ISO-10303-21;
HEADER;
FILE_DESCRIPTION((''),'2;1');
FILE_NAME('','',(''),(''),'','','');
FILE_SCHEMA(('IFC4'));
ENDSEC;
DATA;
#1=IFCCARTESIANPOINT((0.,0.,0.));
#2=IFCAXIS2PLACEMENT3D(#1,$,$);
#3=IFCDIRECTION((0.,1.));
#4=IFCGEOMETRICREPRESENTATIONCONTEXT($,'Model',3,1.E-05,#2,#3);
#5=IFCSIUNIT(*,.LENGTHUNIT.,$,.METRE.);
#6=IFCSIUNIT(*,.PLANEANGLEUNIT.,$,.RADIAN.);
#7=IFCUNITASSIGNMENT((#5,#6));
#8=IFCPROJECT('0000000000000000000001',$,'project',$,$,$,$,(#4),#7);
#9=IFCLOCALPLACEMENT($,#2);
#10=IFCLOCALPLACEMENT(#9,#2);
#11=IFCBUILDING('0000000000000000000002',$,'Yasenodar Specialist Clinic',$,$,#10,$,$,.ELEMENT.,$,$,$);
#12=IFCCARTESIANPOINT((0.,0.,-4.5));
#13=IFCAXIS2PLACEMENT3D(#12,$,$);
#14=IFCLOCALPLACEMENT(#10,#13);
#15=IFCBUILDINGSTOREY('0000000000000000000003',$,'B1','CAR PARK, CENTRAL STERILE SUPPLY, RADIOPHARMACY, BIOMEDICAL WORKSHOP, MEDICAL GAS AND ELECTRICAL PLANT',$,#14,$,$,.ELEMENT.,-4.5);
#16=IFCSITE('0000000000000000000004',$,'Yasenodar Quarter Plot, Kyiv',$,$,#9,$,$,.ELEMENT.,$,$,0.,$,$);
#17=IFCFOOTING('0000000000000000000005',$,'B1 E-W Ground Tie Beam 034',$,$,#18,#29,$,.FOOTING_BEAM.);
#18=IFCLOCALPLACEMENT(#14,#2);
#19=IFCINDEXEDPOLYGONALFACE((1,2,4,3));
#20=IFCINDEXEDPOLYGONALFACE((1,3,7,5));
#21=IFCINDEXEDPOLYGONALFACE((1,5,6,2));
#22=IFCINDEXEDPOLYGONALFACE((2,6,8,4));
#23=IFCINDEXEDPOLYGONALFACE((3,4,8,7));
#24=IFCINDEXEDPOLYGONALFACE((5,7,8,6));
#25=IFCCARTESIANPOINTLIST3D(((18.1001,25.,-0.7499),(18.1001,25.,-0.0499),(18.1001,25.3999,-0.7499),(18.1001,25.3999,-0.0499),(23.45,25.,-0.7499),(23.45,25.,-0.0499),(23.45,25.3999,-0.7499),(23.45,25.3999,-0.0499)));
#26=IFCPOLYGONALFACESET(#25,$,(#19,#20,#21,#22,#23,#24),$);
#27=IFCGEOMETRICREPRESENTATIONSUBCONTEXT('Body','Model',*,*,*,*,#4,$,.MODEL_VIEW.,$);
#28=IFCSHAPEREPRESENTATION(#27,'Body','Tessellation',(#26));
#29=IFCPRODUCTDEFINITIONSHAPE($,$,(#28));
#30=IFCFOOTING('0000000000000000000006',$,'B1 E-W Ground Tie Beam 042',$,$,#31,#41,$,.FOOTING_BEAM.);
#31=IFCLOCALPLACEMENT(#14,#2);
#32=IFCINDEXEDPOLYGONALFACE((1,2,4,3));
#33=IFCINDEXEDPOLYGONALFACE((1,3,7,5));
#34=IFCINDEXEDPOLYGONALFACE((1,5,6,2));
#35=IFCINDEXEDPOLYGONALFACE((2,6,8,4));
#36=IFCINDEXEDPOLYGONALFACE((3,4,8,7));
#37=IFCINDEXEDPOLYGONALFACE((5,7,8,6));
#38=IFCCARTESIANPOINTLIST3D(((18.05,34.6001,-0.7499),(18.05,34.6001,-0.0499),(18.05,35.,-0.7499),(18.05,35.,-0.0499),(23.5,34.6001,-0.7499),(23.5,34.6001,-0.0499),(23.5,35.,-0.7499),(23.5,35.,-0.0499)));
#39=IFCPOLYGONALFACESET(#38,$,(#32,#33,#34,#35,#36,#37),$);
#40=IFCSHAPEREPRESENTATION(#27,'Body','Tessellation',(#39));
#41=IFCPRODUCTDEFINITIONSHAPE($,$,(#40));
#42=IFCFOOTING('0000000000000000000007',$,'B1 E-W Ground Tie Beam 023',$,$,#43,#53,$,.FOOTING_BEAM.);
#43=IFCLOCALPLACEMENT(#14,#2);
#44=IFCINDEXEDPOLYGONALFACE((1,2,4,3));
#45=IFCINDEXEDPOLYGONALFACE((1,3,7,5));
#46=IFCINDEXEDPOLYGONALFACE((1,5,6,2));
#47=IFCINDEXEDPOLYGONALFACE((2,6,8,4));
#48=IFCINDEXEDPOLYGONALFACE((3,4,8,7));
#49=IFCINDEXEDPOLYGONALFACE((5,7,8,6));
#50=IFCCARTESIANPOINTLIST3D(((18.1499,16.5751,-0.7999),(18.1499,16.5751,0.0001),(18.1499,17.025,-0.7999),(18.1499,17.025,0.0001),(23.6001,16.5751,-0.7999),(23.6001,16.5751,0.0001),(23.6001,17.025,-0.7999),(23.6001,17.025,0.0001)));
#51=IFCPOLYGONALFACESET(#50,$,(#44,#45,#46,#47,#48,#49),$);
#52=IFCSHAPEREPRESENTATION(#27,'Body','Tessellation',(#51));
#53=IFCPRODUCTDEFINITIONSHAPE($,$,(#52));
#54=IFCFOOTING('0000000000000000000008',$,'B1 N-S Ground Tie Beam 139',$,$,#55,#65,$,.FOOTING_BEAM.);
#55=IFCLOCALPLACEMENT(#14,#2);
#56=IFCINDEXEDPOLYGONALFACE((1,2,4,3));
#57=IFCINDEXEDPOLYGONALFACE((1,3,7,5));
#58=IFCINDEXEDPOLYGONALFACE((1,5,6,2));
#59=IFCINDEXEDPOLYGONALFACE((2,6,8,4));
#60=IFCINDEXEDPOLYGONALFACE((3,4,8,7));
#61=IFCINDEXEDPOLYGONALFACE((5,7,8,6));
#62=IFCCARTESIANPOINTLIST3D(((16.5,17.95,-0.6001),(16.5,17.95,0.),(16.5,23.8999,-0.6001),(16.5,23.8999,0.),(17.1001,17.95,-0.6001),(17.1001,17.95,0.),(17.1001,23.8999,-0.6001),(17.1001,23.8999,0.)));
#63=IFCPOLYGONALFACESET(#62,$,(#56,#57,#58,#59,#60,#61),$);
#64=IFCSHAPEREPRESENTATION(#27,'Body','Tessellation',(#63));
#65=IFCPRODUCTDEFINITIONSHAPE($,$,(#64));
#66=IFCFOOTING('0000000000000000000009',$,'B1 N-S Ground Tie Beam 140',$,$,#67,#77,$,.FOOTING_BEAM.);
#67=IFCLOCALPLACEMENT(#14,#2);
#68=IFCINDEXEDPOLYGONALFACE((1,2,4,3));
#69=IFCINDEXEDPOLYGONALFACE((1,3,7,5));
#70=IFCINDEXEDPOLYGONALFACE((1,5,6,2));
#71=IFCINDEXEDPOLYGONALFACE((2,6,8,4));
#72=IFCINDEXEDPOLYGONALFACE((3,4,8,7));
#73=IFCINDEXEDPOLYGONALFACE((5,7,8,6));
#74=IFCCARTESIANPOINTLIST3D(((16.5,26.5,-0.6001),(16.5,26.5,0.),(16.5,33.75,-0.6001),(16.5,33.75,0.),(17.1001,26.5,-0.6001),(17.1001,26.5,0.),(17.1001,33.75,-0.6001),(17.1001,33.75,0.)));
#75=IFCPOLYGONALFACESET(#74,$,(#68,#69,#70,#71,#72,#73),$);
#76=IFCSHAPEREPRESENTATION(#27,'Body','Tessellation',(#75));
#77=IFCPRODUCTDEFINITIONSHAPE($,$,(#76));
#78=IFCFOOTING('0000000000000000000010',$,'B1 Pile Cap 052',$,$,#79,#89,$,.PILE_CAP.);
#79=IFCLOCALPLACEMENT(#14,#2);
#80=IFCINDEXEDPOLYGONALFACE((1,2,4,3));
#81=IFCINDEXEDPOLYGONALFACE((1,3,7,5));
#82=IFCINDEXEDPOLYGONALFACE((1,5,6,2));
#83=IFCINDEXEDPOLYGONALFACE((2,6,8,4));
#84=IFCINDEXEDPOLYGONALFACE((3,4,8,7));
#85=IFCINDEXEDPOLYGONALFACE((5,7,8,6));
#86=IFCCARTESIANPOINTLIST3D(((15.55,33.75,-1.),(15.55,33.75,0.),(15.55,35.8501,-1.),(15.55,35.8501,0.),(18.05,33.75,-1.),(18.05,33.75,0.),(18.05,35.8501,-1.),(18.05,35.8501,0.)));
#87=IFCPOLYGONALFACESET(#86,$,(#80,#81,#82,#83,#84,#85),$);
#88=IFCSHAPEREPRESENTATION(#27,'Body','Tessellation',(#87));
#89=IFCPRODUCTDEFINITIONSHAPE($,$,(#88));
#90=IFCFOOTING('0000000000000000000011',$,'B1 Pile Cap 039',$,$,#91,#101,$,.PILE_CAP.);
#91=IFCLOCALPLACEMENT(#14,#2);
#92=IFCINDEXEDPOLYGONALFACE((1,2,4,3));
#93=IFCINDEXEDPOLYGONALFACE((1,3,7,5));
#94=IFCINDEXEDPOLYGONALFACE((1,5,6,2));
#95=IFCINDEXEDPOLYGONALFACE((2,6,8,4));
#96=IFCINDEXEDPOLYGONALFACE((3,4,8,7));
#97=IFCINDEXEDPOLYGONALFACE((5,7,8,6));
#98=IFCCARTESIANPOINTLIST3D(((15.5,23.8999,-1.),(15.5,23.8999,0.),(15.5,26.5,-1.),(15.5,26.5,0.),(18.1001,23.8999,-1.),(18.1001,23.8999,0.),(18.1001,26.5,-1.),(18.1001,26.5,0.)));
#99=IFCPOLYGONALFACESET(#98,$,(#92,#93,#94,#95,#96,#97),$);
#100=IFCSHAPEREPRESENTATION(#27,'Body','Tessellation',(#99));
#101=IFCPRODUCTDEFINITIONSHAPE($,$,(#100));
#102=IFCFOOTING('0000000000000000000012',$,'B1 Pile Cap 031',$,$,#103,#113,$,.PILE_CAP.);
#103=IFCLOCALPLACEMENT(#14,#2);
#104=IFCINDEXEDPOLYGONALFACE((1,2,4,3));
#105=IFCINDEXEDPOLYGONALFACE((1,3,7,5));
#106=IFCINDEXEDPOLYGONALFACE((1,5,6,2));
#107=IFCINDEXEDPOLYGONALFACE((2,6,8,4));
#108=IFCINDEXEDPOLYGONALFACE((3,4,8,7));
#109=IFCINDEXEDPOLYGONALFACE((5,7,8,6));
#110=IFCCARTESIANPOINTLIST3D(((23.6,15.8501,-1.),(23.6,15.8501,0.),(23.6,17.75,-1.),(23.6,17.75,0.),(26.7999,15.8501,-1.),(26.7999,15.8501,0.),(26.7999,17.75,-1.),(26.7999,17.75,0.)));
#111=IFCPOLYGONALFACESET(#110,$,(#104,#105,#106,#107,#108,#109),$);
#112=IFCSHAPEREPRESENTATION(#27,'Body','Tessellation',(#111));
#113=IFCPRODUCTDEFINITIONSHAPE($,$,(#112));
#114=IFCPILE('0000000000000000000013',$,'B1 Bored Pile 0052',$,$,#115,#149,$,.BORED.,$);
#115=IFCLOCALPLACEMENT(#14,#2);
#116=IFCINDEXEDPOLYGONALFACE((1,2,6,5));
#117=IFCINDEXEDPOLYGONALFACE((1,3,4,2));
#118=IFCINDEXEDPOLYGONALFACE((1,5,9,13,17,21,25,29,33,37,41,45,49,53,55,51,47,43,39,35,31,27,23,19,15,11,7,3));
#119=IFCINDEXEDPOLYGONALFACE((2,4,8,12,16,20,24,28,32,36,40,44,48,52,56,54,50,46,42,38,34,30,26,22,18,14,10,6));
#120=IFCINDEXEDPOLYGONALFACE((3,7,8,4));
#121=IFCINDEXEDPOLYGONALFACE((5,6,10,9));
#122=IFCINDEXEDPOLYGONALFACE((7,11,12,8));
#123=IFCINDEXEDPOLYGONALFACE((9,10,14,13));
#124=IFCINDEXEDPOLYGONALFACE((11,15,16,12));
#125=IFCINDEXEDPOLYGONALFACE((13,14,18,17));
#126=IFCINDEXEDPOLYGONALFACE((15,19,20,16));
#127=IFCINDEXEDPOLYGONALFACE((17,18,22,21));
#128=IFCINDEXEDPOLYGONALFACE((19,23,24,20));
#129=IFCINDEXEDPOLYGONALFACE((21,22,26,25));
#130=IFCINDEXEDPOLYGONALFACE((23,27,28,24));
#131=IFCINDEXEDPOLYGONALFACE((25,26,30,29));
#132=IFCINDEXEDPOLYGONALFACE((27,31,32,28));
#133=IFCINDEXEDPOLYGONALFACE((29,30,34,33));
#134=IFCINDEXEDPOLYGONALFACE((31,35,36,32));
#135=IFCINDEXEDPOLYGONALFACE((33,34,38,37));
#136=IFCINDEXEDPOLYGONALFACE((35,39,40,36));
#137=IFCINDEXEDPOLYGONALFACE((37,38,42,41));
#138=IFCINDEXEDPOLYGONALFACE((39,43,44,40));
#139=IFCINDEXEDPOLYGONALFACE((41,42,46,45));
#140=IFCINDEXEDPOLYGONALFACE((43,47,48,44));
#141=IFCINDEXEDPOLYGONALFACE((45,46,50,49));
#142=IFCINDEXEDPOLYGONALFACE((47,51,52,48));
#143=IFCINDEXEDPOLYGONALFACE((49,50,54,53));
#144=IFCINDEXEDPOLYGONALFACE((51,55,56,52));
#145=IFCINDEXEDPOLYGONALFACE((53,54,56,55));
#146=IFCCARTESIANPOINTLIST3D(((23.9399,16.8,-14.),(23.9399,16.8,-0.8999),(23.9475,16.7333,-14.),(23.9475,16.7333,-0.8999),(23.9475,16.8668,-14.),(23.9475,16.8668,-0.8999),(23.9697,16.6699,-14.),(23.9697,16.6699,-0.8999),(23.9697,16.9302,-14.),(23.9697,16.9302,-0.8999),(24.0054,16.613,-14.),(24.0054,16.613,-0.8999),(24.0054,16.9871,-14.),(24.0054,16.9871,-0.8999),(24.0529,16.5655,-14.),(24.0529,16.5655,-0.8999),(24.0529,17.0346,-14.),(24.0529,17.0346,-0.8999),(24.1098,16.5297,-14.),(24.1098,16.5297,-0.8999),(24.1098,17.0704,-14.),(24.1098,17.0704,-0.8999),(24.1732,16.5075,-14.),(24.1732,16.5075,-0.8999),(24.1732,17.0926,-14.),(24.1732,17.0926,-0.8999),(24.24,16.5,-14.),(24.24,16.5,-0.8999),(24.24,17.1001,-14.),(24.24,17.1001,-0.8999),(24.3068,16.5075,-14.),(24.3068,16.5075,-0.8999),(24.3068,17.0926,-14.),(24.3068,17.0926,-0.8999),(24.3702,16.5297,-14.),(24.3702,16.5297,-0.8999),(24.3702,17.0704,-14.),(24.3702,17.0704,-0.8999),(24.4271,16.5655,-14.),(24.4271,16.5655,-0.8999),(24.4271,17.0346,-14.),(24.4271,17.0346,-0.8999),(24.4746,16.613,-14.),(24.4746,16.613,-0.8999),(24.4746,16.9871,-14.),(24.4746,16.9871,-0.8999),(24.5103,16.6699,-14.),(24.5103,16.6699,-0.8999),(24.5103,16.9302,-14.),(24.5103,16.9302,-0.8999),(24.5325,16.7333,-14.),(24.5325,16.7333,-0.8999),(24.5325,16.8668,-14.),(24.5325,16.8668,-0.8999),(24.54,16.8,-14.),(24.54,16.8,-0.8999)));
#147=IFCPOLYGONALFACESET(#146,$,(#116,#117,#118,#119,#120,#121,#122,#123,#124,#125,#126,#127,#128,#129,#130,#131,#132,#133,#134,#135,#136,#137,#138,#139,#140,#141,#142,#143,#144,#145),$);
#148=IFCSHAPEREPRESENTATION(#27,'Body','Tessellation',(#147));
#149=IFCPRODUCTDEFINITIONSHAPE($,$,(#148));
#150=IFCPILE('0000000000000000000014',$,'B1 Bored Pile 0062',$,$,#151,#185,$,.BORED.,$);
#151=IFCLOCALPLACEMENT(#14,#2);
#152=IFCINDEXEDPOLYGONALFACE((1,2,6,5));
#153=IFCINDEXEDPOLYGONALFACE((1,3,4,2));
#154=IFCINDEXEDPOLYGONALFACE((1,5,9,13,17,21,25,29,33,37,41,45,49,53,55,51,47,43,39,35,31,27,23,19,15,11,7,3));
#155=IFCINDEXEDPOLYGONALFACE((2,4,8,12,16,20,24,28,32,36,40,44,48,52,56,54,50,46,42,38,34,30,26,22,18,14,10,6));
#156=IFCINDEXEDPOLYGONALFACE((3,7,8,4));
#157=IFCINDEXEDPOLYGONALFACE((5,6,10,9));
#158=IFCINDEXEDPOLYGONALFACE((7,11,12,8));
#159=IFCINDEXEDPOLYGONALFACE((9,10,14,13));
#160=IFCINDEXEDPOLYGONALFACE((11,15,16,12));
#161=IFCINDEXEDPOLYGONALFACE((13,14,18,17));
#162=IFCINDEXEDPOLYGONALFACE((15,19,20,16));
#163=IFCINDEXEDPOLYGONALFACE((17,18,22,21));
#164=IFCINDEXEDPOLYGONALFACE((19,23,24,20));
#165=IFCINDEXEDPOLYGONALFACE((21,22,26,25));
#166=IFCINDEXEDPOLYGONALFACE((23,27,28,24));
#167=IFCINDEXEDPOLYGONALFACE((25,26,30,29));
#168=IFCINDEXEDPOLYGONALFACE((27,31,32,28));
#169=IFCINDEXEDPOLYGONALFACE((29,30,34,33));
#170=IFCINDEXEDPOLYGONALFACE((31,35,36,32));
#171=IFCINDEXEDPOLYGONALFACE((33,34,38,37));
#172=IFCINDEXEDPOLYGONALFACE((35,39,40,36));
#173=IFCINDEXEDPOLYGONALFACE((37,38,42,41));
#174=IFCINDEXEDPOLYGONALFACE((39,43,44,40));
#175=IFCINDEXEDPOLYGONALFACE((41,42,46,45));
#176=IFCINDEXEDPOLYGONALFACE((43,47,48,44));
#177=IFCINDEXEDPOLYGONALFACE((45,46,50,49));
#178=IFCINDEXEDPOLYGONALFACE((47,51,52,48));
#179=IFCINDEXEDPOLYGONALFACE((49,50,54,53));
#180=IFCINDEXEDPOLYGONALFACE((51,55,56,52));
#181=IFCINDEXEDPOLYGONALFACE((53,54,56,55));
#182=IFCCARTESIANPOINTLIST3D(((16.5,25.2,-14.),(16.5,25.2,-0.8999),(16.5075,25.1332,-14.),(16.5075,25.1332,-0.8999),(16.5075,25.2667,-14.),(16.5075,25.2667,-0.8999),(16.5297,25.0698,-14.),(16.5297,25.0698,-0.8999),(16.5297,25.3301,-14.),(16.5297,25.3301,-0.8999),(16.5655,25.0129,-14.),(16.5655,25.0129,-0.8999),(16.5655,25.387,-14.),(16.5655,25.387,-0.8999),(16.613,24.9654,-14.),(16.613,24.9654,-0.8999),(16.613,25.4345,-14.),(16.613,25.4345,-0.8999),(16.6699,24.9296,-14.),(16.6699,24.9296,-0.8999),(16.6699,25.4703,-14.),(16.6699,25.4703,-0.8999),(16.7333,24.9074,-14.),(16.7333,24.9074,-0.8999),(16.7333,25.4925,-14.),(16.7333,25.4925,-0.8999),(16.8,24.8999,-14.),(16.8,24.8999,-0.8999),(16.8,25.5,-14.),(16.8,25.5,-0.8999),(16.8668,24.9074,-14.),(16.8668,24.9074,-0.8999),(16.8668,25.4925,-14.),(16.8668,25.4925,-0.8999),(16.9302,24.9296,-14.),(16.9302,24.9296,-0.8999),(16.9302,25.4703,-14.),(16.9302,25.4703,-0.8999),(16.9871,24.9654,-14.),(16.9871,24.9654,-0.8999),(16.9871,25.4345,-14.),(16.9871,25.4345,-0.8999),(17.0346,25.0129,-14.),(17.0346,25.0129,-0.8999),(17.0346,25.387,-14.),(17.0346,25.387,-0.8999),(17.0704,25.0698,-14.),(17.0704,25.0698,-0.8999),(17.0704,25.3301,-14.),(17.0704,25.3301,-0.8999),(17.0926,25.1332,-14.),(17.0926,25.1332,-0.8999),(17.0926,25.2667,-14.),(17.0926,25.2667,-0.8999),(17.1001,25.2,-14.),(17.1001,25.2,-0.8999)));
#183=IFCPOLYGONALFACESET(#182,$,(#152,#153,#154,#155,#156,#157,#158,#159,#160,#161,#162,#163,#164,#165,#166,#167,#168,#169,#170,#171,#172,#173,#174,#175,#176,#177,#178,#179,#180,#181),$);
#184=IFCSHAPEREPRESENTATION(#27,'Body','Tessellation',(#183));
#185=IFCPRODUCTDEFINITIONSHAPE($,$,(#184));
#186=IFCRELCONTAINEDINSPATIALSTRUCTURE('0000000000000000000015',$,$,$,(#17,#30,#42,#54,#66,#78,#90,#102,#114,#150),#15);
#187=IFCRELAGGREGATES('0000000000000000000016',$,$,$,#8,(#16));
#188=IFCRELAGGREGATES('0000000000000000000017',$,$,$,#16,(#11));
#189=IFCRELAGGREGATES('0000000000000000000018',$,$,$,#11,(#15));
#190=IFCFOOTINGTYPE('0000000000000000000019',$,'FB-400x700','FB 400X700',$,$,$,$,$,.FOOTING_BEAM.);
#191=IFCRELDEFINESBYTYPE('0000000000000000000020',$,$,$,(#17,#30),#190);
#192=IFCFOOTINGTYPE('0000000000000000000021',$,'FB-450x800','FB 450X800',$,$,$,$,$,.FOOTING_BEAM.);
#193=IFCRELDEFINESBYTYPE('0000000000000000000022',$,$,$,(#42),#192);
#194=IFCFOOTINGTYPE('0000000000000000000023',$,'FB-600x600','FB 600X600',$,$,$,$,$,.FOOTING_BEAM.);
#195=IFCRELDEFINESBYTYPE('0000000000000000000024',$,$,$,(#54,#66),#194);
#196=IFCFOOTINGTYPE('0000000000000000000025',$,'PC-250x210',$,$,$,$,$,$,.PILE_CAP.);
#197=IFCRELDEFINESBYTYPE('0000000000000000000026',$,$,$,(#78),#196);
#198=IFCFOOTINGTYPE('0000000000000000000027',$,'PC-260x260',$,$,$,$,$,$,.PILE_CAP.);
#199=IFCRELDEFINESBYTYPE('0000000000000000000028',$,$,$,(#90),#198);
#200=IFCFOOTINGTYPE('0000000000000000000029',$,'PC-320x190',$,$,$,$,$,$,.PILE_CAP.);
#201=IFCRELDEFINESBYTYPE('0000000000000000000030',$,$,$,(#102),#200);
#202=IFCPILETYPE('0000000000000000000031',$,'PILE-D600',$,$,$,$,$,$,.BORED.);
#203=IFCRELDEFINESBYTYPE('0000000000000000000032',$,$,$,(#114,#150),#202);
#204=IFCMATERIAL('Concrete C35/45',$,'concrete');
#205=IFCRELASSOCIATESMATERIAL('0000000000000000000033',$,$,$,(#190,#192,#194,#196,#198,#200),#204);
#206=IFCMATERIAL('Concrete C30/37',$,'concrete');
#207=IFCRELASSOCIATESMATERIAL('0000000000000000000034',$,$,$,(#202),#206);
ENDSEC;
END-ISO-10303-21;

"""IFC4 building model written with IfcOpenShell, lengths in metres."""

from ifc_helpers import new_model, si_unit, direction, frame, origin, origin_2d, place, context, subcontext, project, spatial, rectangle, circle, extrude, material, material_profile, profile_set, type_object, element, save


model = new_model("IFC4")

# Units and contexts
model_context = context("Model", 3, precision=1e-05, world=origin(), true_north=direction((0.0, 1.0)))
body_context = subcontext(model_context, "Body", "Model", "MODEL_VIEW")
ifc_project = project(units=[si_unit("LENGTHUNIT", "METRE"), si_unit("PLANEANGLEUNIT", "RADIAN")], contexts=[model_context])

# Site, building, storey
site_placement = place(None, origin())
site = spatial("IfcSite", under=ifc_project, at=site_placement, Name="Yasenodar Quarter Plot, Kyiv", CompositionType="ELEMENT", RefElevation=0.0)
building_placement = place(site_placement, origin())
building = spatial("IfcBuilding", under=site, at=building_placement, Name="Yasenodar Specialist Clinic", CompositionType="ELEMENT")
storey_placement = place(building_placement, frame((0.0, 0.0, -4.5)))
storey = spatial("IfcBuildingStorey", under=building, at=storey_placement, Name="B1", Description="CAR PARK, CENTRAL STERILE SUPPLY, RADIOPHARMACY, BIOMEDICAL WORKSHOP, MEDICAL GAS AND ELECTRICAL PLANT", CompositionType="ELEMENT", Elevation=-4.5)

# Footings
ifc_material_1 = material(Name="Concrete C35/45", Category="concrete")
ifc_material_profile_1 = material_profile(ifc_material_1, rectangle(XDim=0.3999, YDim=0.7, at=origin_2d()), Name="RC 400x700")
ifc_profile_set_1 = profile_set([ifc_material_profile_1], Name="Concrete C35/45")
footing_type_1 = type_object("IfcFootingType", Name="FB-400x700", Description="FB 400X700", PredefinedType="FOOTING_BEAM", material=ifc_profile_set_1)
footing_1_placement = place(storey_placement, frame((18.1001, 25.2, -0.3999), z_axis=(1.0, 0.0, 0.0), x_axis=(0.0, 1.0, 0.0)))
element("IfcFooting", 1, at=footing_1_placement, inside=storey, type_object=footing_type_1, Name="B1 E-W Ground Tie Beam 034", PredefinedType="FOOTING_BEAM", context=body_context, shape_type="SweptSolid", body=[
    extrude(rectangle(XDim=0.3999, YDim=0.7, at=origin_2d()), origin(), (0.0, 0.0, 1.0), 5.3499),
])
footing_2_placement = place(storey_placement, frame((18.05, 34.8, -0.3999), z_axis=(1.0, 0.0, 0.0), x_axis=(0.0, 1.0, 0.0)))
element("IfcFooting", 2, at=footing_2_placement, inside=storey, type_object=footing_type_1, Name="B1 E-W Ground Tie Beam 042", PredefinedType="FOOTING_BEAM", context=body_context, shape_type="SweptSolid", body=[
    extrude(rectangle(XDim=0.3999, YDim=0.7, at=origin_2d()), origin(), (0.0, 0.0, 1.0), 5.45),
])
ifc_material_profile_2 = material_profile(ifc_material_1, rectangle(XDim=0.45, YDim=0.8, at=origin_2d()), Name="RC 450x800")
ifc_profile_set_2 = profile_set([ifc_material_profile_2], Name="Concrete C35/45")
footing_type_2 = type_object("IfcFootingType", Name="FB-450x800", Description="FB 450X800", PredefinedType="FOOTING_BEAM", material=ifc_profile_set_2)
footing_3_placement = place(storey_placement, frame((18.1499, 16.8, -0.3999), z_axis=(1.0, 0.0, 0.0), x_axis=(0.0, 1.0, 0.0)))
element("IfcFooting", 3, at=footing_3_placement, inside=storey, type_object=footing_type_2, Name="B1 E-W Ground Tie Beam 023", PredefinedType="FOOTING_BEAM", context=body_context, shape_type="SweptSolid", body=[
    extrude(rectangle(XDim=0.45, YDim=0.8, at=origin_2d()), origin(), (0.0, 0.0, 1.0), 5.4502),
])
ifc_material_profile_3 = material_profile(ifc_material_1, rectangle(XDim=0.6001, YDim=0.6001, at=origin_2d()), Name="RC 600x600")
ifc_profile_set_3 = profile_set([ifc_material_profile_3], Name="Concrete C35/45")
footing_type_3 = type_object("IfcFootingType", Name="FB-600x600", Description="FB 600X600", PredefinedType="FOOTING_BEAM", material=ifc_profile_set_3)
footing_4_placement = place(storey_placement, frame((16.8, 17.95, -0.3), z_axis=(0.0, 1.0, 0.0), x_axis=(-1.0, 0.0, 0.0)))
element("IfcFooting", 4, at=footing_4_placement, inside=storey, type_object=footing_type_3, Name="B1 N-S Ground Tie Beam 139", PredefinedType="FOOTING_BEAM", context=body_context, shape_type="SweptSolid", body=[
    extrude(rectangle(XDim=0.6001, YDim=0.6001, at=origin_2d()), origin(), (0.0, 0.0, 1.0), 5.95),
])
footing_5_placement = place(storey_placement, frame((16.8, 26.5, -0.3), z_axis=(0.0, 1.0, 0.0), x_axis=(-1.0, 0.0, 0.0)))
element("IfcFooting", 5, at=footing_5_placement, inside=storey, type_object=footing_type_3, Name="B1 N-S Ground Tie Beam 140", PredefinedType="FOOTING_BEAM", context=body_context, shape_type="SweptSolid", body=[
    extrude(rectangle(XDim=0.6001, YDim=0.6001, at=origin_2d()), origin(), (0.0, 0.0, 1.0), 7.25),
])
footing_type_4 = type_object("IfcFootingType", Name="PC-250x210", PredefinedType="PILE_CAP", material=ifc_material_1)
footing_6_placement = place(storey_placement, frame((16.8, 34.8, -1.0), z_axis=(0.0, 0.0, 1.0), x_axis=(1.0, 0.0, 0.0)))
element("IfcFooting", 6, at=footing_6_placement, inside=storey, type_object=footing_type_4, Name="B1 Pile Cap 052", PredefinedType="PILE_CAP", context=body_context, shape_type="SweptSolid", body=[
    extrude(rectangle(XDim=2.5, YDim=2.1001, at=origin_2d()), origin(), (0.0, 0.0, 1.0), 1.0),
])
footing_type_5 = type_object("IfcFootingType", Name="PC-260x260", PredefinedType="PILE_CAP", material=ifc_material_1)
footing_7_placement = place(storey_placement, frame((16.8, 25.2, -1.0), z_axis=(0.0, 0.0, 1.0), x_axis=(1.0, 0.0, 0.0)))
element("IfcFooting", 7, at=footing_7_placement, inside=storey, type_object=footing_type_5, Name="B1 Pile Cap 039", PredefinedType="PILE_CAP", context=body_context, shape_type="SweptSolid", body=[
    extrude(rectangle(XDim=2.6001, YDim=2.6001, at=origin_2d()), origin(), (0.0, 0.0, 1.0), 1.0),
])
footing_type_6 = type_object("IfcFootingType", Name="PC-320x190", PredefinedType="PILE_CAP", material=ifc_material_1)
footing_8_placement = place(storey_placement, frame((25.2, 16.8, -1.0), z_axis=(0.0, 0.0, 1.0), x_axis=(1.0, 0.0, 0.0)))
element("IfcFooting", 8, at=footing_8_placement, inside=storey, type_object=footing_type_6, Name="B1 Pile Cap 031", PredefinedType="PILE_CAP", context=body_context, shape_type="SweptSolid", body=[
    extrude(rectangle(XDim=3.2, YDim=1.8999, at=origin_2d()), origin(), (0.0, 0.0, 1.0), 1.0),
])

# Piles
ifc_material_2 = material(Name="Concrete C30/37", Category="concrete")
ifc_material_profile_4 = material_profile(ifc_material_2, circle(Radius=0.3, at=origin_2d()), Name="PILE D600")
ifc_profile_set_4 = profile_set([ifc_material_profile_4], Name="Concrete C30/37")
pile_type_1 = type_object("IfcPileType", Name="PILE-D600", PredefinedType="BORED", material=ifc_profile_set_4)
for number, where, z_axis, x_axis, name in (
    (9, (24.24, 16.8, -0.8999), (0.0, 0.0, -1.0), (1.0, 0.0, 0.0), "B1 Bored Pile 0052"),
    (10, (16.8, 25.2, -0.8999), (0.0, 0.0, -1.0), (1.0, 0.0, 0.0), "B1 Bored Pile 0062"),
):
    element("IfcPile", number, at=place(storey_placement, frame(where, z_axis=z_axis, x_axis=x_axis)), inside=storey, type_object=pile_type_1, Name=name, PredefinedType="BORED", context=body_context, shape_type="SweptSolid", body=[
        extrude(circle(Radius=0.3, at=origin_2d()), origin(), (0.0, 0.0, 1.0), 13.1001),
    ])

save(model, "model.ifc")
